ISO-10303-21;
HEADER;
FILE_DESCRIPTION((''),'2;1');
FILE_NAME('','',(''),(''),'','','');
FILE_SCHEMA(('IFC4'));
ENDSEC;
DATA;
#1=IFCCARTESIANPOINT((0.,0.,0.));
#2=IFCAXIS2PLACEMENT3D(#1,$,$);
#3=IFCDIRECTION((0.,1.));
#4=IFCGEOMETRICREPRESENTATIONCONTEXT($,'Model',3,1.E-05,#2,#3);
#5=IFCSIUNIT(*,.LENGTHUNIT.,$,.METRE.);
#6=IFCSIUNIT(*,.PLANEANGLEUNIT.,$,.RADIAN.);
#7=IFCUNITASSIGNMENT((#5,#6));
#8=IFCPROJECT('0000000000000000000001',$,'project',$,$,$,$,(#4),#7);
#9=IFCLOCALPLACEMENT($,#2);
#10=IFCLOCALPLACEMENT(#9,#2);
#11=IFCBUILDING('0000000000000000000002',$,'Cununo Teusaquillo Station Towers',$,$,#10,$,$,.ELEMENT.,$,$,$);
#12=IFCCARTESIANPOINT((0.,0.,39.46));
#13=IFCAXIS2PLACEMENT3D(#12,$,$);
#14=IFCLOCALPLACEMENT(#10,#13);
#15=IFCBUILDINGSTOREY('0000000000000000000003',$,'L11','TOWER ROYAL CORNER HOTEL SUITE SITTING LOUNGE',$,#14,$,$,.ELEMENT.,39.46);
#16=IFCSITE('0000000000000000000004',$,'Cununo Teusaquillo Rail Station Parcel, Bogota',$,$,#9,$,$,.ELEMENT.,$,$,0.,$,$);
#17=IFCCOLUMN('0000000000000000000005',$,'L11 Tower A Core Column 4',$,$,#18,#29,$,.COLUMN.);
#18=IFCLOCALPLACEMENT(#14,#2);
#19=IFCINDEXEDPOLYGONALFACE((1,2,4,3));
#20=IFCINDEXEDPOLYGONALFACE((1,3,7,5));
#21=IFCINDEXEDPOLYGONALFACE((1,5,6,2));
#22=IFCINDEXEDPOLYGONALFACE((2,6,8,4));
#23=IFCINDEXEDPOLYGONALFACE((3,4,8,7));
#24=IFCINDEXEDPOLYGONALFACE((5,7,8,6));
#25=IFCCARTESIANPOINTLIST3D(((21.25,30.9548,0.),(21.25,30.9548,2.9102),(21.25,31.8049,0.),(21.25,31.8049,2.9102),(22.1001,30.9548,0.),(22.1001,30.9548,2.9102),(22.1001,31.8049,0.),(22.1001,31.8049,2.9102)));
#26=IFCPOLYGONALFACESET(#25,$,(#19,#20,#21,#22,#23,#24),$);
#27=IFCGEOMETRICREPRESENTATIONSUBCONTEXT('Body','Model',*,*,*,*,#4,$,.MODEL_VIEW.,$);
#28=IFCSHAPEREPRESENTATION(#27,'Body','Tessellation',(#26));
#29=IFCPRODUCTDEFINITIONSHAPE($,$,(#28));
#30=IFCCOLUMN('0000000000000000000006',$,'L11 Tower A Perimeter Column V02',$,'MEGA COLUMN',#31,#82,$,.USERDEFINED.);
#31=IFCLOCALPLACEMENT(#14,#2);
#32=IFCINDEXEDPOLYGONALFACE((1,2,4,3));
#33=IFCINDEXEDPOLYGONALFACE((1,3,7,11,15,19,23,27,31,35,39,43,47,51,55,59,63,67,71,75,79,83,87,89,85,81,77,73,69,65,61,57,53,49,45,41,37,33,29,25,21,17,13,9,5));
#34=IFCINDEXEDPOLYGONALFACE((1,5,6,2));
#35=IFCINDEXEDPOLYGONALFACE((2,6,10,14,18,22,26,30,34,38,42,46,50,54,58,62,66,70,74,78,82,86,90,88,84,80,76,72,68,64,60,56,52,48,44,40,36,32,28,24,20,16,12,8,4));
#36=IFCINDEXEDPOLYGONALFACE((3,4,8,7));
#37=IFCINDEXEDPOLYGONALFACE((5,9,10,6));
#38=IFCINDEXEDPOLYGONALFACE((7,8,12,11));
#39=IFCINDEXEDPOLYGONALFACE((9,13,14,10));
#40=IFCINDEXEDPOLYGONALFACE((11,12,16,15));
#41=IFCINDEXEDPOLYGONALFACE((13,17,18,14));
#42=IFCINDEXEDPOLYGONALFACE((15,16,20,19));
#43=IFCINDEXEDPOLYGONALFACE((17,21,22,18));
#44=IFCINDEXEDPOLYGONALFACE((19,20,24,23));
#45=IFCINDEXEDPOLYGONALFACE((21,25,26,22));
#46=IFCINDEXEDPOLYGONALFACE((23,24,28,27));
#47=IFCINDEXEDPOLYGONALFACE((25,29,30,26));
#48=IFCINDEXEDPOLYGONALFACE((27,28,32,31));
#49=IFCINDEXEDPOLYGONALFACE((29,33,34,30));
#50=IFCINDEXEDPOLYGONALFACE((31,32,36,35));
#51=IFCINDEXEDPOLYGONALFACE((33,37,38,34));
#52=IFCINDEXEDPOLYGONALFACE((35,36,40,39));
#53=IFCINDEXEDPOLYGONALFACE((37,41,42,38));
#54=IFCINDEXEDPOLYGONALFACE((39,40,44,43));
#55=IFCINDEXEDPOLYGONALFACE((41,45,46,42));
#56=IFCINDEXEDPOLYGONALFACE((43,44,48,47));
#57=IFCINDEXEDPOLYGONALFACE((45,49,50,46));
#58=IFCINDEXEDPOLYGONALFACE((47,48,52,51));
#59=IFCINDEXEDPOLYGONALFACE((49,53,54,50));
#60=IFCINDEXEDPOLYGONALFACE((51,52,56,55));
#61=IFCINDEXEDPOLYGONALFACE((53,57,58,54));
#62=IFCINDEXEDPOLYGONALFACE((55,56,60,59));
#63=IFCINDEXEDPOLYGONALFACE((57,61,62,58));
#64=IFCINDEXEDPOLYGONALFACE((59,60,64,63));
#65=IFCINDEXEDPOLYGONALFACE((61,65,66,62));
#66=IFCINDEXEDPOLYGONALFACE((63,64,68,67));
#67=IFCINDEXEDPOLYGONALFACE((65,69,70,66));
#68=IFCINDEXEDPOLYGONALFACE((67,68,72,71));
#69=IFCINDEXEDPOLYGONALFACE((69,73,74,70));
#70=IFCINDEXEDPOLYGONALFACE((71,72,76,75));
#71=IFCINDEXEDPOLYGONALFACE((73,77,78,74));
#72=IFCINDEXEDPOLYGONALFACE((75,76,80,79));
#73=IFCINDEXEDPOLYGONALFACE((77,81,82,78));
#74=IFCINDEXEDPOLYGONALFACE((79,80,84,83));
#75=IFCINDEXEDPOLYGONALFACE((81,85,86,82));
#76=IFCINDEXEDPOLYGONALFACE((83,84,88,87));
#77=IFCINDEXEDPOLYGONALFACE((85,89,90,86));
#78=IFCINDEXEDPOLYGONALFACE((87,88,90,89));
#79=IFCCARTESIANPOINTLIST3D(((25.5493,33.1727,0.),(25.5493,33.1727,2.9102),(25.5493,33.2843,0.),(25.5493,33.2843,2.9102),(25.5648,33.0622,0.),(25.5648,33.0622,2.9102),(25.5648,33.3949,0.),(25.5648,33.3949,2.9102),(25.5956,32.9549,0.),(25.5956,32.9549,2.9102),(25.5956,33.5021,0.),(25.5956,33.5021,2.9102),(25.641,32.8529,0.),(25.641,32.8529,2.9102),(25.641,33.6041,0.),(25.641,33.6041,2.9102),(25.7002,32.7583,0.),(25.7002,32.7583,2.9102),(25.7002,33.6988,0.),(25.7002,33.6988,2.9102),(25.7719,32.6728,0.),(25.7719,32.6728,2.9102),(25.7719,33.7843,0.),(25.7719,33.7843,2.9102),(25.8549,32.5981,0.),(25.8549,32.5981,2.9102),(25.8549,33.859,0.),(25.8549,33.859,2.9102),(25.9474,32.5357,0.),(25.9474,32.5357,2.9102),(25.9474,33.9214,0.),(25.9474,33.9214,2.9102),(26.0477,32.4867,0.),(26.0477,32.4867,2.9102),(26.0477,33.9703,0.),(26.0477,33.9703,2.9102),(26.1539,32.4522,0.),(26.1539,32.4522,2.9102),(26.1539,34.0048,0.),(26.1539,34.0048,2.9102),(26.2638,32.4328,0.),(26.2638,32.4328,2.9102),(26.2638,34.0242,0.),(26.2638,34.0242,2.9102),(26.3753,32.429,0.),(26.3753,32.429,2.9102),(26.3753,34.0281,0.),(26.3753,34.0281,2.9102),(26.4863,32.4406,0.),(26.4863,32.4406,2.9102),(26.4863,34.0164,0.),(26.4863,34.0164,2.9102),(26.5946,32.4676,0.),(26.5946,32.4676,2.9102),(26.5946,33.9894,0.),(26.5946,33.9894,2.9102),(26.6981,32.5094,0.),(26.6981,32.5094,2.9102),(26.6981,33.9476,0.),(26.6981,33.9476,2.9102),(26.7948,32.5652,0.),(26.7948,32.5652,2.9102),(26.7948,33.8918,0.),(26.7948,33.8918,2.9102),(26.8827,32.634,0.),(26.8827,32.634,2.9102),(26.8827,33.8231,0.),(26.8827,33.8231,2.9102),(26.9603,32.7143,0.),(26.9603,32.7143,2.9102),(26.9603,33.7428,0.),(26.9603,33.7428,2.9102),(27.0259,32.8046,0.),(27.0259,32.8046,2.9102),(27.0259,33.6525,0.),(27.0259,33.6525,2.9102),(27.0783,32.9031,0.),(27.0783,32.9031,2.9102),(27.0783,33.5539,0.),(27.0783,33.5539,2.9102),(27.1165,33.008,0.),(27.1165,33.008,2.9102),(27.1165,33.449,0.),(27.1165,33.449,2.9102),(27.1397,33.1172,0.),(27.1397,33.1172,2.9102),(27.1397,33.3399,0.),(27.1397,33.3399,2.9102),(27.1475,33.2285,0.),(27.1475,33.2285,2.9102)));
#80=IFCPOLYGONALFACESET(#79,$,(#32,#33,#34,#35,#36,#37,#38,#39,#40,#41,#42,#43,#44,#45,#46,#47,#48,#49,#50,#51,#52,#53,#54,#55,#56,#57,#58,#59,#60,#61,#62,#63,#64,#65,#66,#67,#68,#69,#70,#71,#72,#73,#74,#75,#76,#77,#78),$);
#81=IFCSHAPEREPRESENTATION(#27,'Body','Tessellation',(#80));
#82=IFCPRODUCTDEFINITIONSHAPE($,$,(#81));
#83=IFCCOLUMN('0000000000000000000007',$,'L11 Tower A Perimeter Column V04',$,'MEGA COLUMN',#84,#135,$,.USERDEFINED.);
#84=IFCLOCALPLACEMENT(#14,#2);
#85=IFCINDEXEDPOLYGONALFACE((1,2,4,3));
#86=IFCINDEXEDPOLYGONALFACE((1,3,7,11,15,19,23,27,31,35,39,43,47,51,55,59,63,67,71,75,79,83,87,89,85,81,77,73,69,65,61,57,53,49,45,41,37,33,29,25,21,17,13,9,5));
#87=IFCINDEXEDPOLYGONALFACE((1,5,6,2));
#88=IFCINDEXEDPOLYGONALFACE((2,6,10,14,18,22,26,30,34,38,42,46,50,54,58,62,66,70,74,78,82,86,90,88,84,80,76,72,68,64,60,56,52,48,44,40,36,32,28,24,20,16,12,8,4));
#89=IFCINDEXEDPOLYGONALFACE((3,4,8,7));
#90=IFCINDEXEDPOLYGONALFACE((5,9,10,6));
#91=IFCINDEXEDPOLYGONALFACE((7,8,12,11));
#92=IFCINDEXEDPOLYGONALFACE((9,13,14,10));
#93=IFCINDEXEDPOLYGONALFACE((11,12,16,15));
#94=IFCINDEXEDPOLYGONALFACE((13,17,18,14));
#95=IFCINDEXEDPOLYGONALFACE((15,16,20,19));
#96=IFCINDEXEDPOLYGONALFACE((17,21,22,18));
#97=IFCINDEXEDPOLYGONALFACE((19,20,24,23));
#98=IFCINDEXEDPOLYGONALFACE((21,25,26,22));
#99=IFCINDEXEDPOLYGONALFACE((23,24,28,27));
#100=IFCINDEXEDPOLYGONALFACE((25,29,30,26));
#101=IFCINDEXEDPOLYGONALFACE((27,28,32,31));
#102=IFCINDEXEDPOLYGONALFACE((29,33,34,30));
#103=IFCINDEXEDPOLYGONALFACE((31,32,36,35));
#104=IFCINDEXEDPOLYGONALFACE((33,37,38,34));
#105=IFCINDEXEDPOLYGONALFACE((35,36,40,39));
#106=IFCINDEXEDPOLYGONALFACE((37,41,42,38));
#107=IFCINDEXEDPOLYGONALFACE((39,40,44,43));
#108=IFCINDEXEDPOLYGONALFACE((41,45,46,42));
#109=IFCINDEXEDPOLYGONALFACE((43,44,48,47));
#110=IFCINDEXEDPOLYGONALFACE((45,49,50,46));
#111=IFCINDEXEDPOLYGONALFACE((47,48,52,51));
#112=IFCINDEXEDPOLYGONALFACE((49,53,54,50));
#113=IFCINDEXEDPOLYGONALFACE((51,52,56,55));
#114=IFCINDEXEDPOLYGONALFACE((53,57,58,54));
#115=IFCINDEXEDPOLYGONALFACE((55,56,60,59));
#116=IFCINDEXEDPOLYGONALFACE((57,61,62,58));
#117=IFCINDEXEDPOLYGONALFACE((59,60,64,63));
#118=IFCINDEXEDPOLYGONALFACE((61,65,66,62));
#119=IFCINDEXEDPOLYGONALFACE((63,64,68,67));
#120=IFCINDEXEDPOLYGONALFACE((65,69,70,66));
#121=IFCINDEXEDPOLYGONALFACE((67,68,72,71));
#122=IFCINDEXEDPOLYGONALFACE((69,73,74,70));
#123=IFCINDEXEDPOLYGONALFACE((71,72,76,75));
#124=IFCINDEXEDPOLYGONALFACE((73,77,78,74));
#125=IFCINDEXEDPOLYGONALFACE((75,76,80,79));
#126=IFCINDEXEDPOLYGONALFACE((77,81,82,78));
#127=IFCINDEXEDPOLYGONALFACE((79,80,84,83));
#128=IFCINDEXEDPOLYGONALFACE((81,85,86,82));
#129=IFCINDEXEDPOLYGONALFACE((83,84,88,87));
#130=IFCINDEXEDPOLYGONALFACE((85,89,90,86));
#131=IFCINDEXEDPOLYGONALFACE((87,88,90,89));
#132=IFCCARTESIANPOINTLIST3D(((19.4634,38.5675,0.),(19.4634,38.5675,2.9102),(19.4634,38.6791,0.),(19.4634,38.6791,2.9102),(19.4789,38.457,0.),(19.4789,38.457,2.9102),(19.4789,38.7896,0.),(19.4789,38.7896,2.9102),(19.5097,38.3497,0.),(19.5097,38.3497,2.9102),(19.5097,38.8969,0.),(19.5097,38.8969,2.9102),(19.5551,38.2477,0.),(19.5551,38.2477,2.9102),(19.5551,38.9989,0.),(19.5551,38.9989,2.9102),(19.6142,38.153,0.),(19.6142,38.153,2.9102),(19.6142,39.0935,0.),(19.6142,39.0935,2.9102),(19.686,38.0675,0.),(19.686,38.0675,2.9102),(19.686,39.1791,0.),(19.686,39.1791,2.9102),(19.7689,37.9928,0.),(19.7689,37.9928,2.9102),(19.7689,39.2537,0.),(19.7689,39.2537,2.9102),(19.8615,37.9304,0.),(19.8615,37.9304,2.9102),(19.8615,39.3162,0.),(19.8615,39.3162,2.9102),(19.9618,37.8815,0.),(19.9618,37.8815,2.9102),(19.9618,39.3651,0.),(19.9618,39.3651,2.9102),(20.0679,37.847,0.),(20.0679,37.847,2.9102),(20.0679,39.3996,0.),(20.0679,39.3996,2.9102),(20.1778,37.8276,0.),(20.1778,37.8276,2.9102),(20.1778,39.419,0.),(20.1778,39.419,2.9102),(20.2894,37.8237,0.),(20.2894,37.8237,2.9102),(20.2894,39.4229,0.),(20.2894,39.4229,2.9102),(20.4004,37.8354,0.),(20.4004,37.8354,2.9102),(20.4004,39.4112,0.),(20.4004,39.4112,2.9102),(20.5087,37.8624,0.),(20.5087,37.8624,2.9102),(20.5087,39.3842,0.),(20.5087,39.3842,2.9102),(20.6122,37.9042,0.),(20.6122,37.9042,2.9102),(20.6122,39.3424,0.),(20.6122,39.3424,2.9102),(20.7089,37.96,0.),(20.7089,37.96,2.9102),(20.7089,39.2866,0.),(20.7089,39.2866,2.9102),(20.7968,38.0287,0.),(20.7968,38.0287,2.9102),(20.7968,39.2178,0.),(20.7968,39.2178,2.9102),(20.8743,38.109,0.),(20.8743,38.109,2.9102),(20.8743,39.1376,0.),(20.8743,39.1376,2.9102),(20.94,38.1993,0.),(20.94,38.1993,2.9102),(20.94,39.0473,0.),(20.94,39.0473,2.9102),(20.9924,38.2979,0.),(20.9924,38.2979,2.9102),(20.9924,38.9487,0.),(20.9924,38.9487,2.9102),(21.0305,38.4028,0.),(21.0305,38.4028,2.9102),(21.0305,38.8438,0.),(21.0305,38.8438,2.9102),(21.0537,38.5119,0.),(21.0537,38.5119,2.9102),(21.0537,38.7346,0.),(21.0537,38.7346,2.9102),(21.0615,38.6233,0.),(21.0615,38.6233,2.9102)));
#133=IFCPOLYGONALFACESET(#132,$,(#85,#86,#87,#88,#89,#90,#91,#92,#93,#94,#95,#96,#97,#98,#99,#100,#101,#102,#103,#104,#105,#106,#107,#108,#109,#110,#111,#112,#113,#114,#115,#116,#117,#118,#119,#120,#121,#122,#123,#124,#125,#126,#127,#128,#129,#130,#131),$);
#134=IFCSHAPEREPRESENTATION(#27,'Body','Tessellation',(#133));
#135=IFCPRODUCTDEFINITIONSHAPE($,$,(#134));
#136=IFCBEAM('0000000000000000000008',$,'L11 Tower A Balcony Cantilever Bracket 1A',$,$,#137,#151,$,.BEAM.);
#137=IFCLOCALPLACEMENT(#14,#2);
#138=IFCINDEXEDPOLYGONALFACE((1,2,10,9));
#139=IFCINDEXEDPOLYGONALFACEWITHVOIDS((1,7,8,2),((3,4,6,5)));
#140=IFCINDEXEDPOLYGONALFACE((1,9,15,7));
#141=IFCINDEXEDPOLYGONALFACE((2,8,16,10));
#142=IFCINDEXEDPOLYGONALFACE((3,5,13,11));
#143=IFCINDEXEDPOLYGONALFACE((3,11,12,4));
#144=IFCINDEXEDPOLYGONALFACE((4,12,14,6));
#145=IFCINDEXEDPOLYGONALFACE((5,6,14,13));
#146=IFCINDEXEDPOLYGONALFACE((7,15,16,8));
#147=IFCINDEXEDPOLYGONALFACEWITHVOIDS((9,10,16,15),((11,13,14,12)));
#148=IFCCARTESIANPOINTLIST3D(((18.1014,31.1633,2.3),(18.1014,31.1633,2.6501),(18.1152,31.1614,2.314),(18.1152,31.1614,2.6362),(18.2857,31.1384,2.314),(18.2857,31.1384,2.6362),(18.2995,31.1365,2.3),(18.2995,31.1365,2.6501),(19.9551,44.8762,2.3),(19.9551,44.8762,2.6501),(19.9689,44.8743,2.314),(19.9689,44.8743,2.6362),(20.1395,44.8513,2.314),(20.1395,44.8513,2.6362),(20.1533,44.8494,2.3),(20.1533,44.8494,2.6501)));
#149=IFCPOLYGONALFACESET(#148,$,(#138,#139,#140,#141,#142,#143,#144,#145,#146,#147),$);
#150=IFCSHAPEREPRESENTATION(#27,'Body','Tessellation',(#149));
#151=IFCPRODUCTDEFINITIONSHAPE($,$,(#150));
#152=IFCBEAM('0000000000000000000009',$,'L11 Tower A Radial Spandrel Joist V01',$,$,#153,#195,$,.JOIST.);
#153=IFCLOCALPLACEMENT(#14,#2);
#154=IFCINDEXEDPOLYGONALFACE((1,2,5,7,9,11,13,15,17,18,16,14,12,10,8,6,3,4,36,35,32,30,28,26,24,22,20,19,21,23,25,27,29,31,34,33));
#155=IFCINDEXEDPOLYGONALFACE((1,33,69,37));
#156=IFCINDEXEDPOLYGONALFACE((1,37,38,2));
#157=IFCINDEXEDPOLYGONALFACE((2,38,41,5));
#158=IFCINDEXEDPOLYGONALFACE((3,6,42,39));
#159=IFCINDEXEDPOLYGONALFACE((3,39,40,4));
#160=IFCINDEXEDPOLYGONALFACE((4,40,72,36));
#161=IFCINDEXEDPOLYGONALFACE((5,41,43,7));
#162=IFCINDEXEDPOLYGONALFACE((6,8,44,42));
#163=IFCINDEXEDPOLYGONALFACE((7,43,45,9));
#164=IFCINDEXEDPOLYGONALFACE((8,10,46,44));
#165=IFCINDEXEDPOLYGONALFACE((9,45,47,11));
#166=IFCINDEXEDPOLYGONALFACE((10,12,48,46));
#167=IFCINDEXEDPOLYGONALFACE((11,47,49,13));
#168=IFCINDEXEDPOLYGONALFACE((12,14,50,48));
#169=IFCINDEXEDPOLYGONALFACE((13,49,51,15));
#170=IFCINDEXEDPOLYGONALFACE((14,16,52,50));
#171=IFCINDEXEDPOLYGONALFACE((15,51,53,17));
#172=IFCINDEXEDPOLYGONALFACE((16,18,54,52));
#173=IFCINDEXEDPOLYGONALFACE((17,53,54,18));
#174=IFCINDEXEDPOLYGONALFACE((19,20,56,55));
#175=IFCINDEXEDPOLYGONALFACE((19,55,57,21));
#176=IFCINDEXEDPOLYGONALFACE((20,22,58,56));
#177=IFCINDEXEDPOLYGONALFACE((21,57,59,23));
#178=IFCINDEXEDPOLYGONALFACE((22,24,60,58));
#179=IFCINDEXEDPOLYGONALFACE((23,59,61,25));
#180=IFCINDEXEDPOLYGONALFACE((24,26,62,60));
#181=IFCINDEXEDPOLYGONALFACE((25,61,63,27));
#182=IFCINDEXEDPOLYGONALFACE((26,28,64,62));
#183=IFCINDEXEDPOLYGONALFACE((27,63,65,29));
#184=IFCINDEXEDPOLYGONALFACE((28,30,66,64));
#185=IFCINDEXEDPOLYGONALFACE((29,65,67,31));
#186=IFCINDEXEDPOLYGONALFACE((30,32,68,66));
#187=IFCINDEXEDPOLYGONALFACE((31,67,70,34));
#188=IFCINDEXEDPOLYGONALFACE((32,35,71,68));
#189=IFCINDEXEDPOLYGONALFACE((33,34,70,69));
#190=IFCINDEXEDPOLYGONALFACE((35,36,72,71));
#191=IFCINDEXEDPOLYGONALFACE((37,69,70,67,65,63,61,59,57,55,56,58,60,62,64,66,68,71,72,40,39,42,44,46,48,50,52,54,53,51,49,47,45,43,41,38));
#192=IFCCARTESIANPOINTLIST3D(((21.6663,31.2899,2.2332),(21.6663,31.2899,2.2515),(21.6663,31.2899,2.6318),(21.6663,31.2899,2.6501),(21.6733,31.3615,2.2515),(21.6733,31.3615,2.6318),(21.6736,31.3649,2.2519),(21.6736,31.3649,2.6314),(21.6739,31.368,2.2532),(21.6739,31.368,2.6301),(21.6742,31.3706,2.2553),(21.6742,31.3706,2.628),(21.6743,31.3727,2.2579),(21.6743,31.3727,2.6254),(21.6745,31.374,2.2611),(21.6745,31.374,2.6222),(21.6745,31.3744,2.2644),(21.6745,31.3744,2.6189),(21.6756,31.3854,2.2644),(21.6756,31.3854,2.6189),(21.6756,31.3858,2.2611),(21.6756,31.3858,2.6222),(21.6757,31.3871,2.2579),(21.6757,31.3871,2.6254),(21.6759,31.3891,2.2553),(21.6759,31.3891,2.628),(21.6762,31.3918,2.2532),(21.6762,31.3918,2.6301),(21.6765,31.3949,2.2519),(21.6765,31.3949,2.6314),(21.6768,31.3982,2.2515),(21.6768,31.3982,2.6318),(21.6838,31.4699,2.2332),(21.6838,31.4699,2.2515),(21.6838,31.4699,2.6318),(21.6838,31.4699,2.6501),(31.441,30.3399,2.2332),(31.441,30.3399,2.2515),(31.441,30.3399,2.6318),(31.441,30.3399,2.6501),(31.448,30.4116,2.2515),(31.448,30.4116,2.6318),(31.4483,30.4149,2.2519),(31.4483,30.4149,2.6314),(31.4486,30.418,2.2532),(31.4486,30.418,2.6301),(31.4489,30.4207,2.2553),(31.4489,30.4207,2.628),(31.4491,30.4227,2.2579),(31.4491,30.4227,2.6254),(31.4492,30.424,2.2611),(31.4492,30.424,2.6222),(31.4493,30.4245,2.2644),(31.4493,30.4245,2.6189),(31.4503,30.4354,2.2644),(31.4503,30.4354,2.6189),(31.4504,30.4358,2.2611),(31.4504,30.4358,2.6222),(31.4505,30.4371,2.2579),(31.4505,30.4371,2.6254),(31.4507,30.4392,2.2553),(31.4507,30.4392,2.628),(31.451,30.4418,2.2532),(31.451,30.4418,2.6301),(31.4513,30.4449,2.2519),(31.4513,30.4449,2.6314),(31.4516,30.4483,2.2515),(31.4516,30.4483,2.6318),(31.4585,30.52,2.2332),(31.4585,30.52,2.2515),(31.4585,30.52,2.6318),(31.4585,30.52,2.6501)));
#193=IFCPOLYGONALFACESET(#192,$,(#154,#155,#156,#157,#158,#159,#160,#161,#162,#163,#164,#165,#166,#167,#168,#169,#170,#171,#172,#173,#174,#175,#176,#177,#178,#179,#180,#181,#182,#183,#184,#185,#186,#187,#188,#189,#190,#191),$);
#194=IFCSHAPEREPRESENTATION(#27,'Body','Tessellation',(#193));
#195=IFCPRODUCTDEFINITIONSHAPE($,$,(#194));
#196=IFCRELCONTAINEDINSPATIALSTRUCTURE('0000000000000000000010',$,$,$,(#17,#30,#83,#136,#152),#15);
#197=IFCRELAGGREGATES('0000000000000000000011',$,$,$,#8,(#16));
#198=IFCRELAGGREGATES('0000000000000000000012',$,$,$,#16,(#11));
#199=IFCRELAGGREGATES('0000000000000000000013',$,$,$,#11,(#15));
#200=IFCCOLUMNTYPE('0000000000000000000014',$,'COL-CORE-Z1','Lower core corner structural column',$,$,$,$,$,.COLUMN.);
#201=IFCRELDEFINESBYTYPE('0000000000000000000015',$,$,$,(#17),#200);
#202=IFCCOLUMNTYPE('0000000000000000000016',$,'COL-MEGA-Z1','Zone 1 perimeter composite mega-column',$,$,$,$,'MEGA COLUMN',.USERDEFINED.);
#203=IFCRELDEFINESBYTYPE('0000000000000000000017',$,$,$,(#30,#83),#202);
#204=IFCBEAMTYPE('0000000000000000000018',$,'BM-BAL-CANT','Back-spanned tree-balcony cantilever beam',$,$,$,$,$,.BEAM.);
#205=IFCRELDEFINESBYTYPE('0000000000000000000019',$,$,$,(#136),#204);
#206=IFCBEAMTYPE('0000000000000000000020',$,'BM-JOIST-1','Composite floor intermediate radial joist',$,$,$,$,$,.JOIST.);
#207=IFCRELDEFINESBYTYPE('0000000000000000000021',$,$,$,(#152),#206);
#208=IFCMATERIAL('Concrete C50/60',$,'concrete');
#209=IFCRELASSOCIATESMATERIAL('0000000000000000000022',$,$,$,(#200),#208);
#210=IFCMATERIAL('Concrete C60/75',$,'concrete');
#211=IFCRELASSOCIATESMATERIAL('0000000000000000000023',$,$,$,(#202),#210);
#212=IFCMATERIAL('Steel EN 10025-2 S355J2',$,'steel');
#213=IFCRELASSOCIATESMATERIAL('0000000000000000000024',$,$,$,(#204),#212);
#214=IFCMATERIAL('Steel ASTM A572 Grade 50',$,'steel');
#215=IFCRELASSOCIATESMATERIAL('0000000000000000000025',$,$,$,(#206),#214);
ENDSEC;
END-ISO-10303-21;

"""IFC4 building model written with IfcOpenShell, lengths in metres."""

from ifc_helpers import new_model, si_unit, direction, frame, origin, origin_2d, place, context, subcontext, project, spatial, rectangle, hollow_rectangle, circle, i_section, extrude, material, material_profile, profile_set, type_object, element, save


model = new_model("IFC4")

# Units and contexts
model_context = context("Model", 3, precision=1e-05, world=origin(), true_north=direction((0.0, 1.0)))
body_context = subcontext(model_context, "Body", "Model", "MODEL_VIEW")
ifc_project = project(units=[si_unit("LENGTHUNIT", "METRE"), si_unit("PLANEANGLEUNIT", "RADIAN")], contexts=[model_context])

# Site, building, storey
site_placement = place(None, origin())
site = spatial("IfcSite", under=ifc_project, at=site_placement, Name="Cununo Teusaquillo Rail Station Parcel, Bogota", CompositionType="ELEMENT", RefElevation=0.0)
building_placement = place(site_placement, origin())
building = spatial("IfcBuilding", under=site, at=building_placement, Name="Cununo Teusaquillo Station Towers", CompositionType="ELEMENT")
storey_placement = place(building_placement, frame((0.0, 0.0, 39.46)))
storey = spatial("IfcBuildingStorey", under=building, at=storey_placement, Name="L11", Description="TOWER ROYAL CORNER HOTEL SUITE SITTING LOUNGE", CompositionType="ELEMENT", Elevation=39.46)

# Columns
ifc_material_1 = material(Name="Concrete C50/60", Category="concrete")
ifc_material_profile_1 = material_profile(ifc_material_1, rectangle(XDim=0.8501, YDim=0.8501, at=origin_2d()), Name="RC-RECT-850x850")
ifc_profile_set_1 = profile_set([ifc_material_profile_1], Name="Concrete C50/60")
column_type_1 = type_object("IfcColumnType", Name="COL-CORE-Z1", Description="Lower core corner structural column", PredefinedType="COLUMN", material=ifc_profile_set_1)
column_placement = place(storey_placement, frame((21.675, 31.3799, 0.0), z_axis=(0.0, 0.0, 1.0), x_axis=(1.0, 0.0, 0.0)))
element("IfcColumn", 1, at=column_placement, inside=storey, type_object=column_type_1, Name="L11 Tower A Core Column 4", PredefinedType="COLUMN", context=body_context, shape_type="SweptSolid", body=[
    extrude(rectangle(XDim=0.8501, YDim=0.8501, at=origin_2d()), origin(), (0.0, 0.0, 1.0), 2.9102),
])
ifc_material_2 = material(Name="Concrete C60/75", Category="concrete")
ifc_material_profile_2 = material_profile(ifc_material_2, circle(Radius=0.8, at=origin_2d()), Name="RC-CIRC-1600")
ifc_profile_set_2 = profile_set([ifc_material_profile_2], Name="Concrete C60/75")
column_type_2 = type_object("IfcColumnType", Name="COL-MEGA-Z1", Description="Zone 1 perimeter composite mega-column", ElementType="MEGA COLUMN", PredefinedType="USERDEFINED", material=ifc_profile_set_2)
for number, where, z_axis, x_axis, name in (
    (2, (26.3474, 33.2285, 0.0), (0.0, 0.0, 1.0), (1.0, 0.0, 0.0), "L11 Tower A Perimeter Column V02"),
    (3, (20.2615, 38.6233, 0.0), (0.0, 0.0, 1.0), (1.0, 0.0, 0.0), "L11 Tower A Perimeter Column V04"),
):
    element("IfcColumn", number, at=place(storey_placement, frame(where, z_axis=z_axis, x_axis=x_axis)), inside=storey, type_object=column_type_2, Name=name, ObjectType="MEGA COLUMN", PredefinedType="USERDEFINED", context=body_context, shape_type="SweptSolid", body=[
        extrude(circle(Radius=0.8, at=origin_2d()), origin(), (0.0, 0.0, 1.0), 2.9102),
    ])

# Beams
ifc_material_3 = material(Name="Steel EN 10025-2 S355J2", Category="steel")
ifc_material_profile_3 = material_profile(ifc_material_3, hollow_rectangle(XDim=0.2, YDim=0.3501, WallThickness=0.0139, at=origin_2d()), Name="RHS 350x200x14")
ifc_profile_set_3 = profile_set([ifc_material_profile_3], Name="Steel EN 10025-2 S355J2")
beam_type_1 = type_object("IfcBeamType", Name="BM-BAL-CANT", Description="Back-spanned tree-balcony cantilever beam", PredefinedType="BEAM", material=ifc_profile_set_3)
beam_1_placement = place(storey_placement, frame((18.2004, 31.1499, 2.4751), z_axis=(0.133965, 0.990986, 0.0), x_axis=(-0.990986, 0.133965, 0.0)))
element("IfcBeam", 4, at=beam_1_placement, inside=storey, type_object=beam_type_1, Name="L11 Tower A Balcony Cantilever Bracket 1A", PredefinedType="BEAM", context=body_context, shape_type="SweptSolid", body=[
    extrude(hollow_rectangle(XDim=0.2, YDim=0.3501, WallThickness=0.0139, at=origin_2d()), origin(), (0.0, 0.0, 1.0), 13.8376),
])
ifc_material_4 = material(Name="Steel ASTM A572 Grade 50", Category="steel")
ifc_material_profile_4 = material_profile(ifc_material_4, i_section(OverallWidth=0.1809, OverallDepth=0.417, WebThickness=0.011, FlangeThickness=0.0183, FilletRadius=0.0129, at=origin_2d()), Name="W16X57")
ifc_profile_set_4 = profile_set([ifc_material_profile_4], Name="Steel ASTM A572 Grade 50")
beam_type_2 = type_object("IfcBeamType", Name="BM-JOIST-1", Description="Composite floor intermediate radial joist", PredefinedType="JOIST", material=ifc_profile_set_4)
beam_2_placement = place(storey_placement, frame((21.675, 31.3799, 2.4417), z_axis=(0.995311, -0.096729, 0.0), x_axis=(0.096729, 0.995311, 0.0)))
element("IfcBeam", 5, at=beam_2_placement, inside=storey, type_object=beam_type_2, Name="L11 Tower A Radial Spandrel Joist V01", PredefinedType="JOIST", context=body_context, shape_type="SweptSolid", body=[
    extrude(i_section(OverallWidth=0.1809, OverallDepth=0.417, WebThickness=0.011, FlangeThickness=0.0183, FilletRadius=0.0129, at=origin_2d()), origin(), (0.0, 0.0, 1.0), 9.8208),
])

save(model, "model.ifc")
